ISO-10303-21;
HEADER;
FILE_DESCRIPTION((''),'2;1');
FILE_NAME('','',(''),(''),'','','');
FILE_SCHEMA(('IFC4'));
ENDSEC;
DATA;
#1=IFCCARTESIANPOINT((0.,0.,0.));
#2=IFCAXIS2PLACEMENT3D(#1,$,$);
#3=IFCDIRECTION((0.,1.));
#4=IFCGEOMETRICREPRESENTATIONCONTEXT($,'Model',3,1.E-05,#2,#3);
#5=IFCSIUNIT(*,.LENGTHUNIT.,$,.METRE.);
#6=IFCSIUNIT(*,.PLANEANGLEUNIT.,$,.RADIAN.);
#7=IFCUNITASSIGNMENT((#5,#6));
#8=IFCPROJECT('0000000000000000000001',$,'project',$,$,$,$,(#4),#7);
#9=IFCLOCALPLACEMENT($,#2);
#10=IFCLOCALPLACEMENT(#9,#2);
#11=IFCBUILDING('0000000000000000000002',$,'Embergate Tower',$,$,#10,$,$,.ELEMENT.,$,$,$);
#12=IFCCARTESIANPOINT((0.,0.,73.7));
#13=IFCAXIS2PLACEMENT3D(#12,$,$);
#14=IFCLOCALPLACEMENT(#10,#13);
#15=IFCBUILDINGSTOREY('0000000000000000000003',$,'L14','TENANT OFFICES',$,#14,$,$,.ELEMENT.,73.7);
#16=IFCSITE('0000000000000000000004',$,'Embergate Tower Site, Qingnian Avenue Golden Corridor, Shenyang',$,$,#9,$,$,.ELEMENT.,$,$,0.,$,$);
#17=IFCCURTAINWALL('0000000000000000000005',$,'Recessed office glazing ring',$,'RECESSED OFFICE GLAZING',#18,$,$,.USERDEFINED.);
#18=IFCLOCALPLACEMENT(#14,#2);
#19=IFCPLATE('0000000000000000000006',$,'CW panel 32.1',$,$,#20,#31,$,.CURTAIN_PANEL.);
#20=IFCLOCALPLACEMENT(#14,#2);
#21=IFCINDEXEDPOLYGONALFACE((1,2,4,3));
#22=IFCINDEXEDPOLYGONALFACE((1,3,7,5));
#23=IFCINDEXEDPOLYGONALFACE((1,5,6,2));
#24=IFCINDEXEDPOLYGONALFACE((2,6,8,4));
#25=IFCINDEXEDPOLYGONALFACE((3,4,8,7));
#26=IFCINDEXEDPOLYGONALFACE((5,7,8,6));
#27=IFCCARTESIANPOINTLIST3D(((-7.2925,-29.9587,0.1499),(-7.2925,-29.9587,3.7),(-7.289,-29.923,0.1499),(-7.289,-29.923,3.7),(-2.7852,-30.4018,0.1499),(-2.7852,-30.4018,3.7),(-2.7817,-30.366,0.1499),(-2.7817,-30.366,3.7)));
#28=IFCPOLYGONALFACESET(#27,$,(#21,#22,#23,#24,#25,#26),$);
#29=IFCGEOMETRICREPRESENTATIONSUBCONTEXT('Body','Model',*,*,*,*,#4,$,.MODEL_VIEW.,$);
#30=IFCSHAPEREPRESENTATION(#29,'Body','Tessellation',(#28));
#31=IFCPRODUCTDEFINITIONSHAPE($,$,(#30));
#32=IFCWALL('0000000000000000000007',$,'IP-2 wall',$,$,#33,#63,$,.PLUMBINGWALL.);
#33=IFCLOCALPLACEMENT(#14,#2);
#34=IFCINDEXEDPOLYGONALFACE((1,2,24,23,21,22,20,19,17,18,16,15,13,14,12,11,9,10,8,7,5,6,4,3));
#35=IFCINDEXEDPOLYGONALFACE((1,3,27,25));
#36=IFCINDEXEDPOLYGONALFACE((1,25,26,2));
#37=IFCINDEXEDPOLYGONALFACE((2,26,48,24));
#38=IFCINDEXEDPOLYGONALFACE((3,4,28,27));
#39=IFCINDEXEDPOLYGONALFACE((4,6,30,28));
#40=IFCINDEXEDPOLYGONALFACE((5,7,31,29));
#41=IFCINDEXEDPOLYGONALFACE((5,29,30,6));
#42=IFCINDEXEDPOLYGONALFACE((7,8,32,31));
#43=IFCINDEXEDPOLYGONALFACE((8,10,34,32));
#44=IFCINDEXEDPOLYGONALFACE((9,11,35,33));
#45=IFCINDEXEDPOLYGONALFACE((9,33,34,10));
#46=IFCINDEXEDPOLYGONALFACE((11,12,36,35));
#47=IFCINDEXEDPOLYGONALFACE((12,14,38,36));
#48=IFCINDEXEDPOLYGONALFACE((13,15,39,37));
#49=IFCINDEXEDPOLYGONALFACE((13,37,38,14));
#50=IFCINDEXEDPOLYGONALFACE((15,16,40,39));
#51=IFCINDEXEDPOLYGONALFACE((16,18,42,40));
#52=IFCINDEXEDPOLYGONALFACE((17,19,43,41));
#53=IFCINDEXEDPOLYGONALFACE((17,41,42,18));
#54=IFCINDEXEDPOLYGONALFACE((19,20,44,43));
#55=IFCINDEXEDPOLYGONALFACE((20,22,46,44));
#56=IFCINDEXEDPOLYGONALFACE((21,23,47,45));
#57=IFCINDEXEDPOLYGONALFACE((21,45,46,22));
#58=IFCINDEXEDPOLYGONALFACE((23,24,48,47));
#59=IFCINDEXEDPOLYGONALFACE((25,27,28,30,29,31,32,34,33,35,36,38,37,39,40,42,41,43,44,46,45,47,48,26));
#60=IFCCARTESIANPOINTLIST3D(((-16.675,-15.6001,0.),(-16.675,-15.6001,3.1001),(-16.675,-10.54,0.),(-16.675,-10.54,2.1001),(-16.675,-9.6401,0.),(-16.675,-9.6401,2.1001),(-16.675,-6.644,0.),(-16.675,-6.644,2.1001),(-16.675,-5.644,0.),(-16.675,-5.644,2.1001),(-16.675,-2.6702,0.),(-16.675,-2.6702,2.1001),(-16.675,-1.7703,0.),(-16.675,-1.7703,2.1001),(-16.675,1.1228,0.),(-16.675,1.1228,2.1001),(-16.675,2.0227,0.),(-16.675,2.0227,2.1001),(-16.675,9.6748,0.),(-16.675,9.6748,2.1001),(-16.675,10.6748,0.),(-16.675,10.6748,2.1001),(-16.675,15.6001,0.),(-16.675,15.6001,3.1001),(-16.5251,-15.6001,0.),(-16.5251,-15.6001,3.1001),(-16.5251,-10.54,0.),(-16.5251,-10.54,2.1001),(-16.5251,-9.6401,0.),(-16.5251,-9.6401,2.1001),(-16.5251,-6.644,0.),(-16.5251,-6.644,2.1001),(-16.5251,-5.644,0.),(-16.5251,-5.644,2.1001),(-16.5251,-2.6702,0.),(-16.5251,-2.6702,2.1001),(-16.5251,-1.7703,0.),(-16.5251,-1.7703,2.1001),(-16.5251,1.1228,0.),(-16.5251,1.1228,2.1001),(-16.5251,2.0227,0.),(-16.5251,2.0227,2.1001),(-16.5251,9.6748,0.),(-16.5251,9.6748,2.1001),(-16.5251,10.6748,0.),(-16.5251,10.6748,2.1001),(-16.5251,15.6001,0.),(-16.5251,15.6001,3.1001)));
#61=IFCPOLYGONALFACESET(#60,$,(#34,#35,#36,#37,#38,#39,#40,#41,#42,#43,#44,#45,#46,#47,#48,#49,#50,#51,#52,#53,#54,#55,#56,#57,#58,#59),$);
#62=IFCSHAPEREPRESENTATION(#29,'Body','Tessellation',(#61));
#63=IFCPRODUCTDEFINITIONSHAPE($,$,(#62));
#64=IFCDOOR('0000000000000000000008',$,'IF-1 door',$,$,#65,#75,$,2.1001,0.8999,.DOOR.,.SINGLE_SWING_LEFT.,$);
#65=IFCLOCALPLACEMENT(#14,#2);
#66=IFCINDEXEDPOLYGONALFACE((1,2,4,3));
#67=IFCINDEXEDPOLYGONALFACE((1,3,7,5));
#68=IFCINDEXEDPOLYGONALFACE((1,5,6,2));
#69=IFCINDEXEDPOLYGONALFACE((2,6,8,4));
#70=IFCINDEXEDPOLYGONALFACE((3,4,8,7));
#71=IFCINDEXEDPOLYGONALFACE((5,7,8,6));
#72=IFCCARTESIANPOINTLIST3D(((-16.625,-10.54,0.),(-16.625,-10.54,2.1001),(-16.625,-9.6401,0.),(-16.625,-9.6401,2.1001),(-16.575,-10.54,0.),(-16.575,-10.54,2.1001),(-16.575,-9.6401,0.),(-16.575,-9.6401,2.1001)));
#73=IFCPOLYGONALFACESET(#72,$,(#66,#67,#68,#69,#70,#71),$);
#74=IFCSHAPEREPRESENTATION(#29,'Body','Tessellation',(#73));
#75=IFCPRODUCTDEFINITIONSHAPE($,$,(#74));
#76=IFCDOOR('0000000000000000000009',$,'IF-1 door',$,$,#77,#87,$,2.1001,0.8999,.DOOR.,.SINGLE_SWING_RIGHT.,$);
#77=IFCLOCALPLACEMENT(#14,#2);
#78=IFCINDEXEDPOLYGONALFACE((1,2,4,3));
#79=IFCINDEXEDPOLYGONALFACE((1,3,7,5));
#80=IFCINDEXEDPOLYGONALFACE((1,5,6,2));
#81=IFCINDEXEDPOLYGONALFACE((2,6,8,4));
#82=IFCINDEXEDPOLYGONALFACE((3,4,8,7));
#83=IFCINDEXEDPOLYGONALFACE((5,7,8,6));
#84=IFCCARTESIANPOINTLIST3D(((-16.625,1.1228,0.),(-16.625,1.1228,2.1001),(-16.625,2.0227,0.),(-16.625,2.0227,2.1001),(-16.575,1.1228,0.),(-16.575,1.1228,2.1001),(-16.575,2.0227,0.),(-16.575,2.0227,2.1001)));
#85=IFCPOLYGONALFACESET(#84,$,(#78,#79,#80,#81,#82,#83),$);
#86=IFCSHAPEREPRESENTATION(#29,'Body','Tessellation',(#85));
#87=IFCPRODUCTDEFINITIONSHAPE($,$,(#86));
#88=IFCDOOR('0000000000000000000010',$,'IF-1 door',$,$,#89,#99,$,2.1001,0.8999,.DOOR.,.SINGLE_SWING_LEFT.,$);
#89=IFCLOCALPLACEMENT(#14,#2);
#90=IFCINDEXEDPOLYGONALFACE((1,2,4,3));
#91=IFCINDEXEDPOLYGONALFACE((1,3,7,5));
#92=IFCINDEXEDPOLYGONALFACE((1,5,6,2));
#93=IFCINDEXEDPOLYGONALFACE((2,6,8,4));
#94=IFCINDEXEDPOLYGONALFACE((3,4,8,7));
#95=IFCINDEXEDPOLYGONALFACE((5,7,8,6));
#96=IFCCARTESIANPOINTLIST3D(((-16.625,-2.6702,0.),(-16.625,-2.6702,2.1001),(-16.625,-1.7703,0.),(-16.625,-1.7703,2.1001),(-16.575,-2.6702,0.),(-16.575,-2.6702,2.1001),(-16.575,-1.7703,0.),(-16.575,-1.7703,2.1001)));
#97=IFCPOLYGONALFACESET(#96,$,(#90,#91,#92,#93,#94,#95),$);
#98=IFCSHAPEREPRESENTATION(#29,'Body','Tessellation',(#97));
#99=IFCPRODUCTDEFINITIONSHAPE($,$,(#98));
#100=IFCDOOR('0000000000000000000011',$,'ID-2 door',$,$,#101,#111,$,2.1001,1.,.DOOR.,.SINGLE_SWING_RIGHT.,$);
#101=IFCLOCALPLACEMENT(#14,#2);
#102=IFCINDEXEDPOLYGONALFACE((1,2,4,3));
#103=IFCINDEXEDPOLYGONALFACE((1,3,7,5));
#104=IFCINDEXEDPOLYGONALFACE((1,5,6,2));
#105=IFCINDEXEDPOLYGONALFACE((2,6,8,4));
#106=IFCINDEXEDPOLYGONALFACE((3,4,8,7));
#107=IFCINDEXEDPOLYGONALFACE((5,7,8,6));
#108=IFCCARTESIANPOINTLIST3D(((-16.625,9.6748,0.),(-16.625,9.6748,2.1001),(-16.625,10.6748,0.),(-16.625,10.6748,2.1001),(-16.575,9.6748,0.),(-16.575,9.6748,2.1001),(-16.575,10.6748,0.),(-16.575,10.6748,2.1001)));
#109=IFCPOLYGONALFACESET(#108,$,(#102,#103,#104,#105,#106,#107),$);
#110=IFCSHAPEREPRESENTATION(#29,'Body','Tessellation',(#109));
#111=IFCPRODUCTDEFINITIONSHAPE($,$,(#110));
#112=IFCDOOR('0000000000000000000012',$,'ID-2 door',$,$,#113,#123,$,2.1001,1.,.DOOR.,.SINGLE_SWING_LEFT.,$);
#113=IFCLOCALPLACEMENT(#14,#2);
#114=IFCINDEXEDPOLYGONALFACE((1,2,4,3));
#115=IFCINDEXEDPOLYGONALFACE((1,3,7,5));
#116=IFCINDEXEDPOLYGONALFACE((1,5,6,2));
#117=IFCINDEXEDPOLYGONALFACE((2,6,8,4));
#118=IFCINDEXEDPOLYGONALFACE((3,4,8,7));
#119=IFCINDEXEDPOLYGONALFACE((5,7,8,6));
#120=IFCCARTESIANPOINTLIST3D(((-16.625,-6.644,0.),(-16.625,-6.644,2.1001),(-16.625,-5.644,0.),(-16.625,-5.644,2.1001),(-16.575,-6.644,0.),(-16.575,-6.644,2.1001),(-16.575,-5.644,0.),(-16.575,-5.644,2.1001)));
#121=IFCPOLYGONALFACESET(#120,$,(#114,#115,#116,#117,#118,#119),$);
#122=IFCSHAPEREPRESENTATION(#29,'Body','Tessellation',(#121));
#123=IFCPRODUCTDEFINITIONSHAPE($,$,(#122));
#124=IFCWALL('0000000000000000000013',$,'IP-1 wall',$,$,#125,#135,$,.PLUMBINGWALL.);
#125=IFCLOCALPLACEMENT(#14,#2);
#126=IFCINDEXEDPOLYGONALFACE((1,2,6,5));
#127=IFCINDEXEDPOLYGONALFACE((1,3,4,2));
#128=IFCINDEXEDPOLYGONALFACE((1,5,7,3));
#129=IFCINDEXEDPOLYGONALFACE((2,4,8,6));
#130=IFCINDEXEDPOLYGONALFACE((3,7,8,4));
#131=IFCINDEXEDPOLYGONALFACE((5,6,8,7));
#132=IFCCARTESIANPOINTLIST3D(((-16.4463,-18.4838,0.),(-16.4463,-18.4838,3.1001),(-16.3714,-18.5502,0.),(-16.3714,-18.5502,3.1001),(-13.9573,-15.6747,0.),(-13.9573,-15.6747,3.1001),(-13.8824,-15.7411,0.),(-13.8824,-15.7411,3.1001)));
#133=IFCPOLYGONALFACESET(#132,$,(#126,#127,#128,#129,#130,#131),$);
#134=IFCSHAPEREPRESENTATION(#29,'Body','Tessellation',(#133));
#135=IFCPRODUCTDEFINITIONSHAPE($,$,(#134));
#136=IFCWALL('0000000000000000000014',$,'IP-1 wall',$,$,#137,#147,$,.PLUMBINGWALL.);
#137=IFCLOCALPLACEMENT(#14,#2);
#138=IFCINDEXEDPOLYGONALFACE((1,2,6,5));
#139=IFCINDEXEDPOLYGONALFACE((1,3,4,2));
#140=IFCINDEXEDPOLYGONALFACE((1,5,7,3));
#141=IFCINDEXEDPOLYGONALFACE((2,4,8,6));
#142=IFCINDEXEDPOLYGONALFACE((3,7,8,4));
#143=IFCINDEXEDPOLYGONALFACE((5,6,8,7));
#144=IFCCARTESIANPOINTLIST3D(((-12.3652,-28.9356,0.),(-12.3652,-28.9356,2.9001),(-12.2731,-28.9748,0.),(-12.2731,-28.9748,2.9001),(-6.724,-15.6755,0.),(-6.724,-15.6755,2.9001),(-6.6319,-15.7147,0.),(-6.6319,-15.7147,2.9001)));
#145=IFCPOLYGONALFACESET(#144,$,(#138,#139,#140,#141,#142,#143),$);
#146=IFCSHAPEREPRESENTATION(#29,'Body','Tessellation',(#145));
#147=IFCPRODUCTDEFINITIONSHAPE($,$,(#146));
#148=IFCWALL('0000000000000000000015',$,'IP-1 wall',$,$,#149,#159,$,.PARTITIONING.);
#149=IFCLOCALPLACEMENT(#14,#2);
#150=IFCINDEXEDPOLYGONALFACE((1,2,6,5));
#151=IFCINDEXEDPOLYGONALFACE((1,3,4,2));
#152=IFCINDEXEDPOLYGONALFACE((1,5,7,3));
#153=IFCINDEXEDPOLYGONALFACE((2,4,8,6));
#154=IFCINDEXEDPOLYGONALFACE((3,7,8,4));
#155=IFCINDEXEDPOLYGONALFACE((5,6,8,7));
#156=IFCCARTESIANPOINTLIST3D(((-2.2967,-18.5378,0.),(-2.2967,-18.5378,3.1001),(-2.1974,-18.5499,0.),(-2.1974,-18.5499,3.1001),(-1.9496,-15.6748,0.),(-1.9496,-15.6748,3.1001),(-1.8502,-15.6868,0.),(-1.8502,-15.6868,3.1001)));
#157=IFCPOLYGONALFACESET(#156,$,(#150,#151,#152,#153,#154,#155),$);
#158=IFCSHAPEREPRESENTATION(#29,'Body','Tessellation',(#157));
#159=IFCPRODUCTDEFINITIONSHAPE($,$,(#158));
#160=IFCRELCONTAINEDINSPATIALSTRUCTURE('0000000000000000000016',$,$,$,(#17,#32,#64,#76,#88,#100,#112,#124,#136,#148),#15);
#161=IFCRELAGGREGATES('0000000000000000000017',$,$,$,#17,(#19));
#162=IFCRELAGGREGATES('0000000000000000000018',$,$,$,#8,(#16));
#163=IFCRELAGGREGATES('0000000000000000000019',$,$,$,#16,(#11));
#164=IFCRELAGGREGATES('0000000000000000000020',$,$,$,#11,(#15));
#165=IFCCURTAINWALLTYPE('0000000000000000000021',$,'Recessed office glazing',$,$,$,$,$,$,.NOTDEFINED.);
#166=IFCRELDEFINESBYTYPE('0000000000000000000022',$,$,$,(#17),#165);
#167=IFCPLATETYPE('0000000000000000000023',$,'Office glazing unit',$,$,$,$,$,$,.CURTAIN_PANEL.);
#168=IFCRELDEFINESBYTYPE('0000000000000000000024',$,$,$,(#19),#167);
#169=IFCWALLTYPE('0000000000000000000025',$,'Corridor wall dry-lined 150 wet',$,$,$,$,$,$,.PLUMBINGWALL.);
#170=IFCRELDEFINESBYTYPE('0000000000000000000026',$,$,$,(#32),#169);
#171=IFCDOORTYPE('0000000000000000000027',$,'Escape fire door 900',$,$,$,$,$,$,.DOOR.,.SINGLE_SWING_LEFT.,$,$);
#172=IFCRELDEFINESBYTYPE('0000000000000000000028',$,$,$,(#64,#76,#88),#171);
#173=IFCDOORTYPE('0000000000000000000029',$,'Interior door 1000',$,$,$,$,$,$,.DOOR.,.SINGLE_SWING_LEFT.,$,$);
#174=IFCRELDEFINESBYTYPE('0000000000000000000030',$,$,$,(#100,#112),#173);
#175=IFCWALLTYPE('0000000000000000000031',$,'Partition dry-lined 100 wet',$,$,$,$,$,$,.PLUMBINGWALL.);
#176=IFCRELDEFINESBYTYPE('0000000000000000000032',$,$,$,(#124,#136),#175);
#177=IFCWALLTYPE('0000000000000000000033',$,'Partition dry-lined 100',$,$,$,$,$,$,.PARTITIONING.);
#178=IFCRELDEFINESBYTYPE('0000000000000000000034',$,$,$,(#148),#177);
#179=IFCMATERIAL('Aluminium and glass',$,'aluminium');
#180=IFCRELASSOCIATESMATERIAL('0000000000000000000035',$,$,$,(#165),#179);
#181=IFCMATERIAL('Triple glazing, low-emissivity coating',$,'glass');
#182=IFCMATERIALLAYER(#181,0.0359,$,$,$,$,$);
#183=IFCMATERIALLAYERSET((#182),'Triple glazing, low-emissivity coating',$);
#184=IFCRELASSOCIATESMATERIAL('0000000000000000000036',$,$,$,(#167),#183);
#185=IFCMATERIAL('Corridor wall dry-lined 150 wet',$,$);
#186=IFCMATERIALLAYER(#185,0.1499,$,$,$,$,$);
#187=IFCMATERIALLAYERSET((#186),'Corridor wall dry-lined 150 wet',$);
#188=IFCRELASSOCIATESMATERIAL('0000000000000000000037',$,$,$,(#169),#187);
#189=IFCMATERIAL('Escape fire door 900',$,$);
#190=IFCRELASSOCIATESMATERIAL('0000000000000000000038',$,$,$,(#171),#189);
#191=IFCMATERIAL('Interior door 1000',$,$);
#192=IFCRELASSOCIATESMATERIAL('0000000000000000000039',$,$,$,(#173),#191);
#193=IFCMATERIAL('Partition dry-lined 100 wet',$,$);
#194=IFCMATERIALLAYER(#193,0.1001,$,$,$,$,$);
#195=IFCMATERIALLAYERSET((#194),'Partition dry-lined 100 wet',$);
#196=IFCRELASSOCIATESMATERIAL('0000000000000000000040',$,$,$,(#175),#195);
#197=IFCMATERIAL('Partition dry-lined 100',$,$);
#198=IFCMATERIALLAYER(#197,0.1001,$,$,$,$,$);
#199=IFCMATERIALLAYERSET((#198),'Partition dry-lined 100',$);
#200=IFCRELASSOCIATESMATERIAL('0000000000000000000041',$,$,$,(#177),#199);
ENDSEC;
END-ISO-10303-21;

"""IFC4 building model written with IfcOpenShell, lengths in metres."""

from ifc_helpers import new_model, si_unit, direction, frame, frame_2d, origin, origin_2d, place, context, subcontext, project, spatial, rectangle, extrude, source, transform, mapped, material, layer, layer_set, type_object, element, fill, aggregate, save


model = new_model("IFC4")

# Units and contexts
model_context = context("Model", 3, precision=1e-05, world=origin(), true_north=direction((0.0, 1.0)))
body_context = subcontext(model_context, "Body", "Model", "MODEL_VIEW")
ifc_project = project(units=[si_unit("LENGTHUNIT", "METRE"), si_unit("PLANEANGLEUNIT", "RADIAN")], contexts=[model_context])

# Site, building, storey
site_placement = place(None, origin())
site = spatial("IfcSite", under=ifc_project, at=site_placement, Name="Embergate Tower Site, Qingnian Avenue Golden Corridor, Shenyang", CompositionType="ELEMENT", RefElevation=0.0)
building_placement = place(site_placement, origin())
building = spatial("IfcBuilding", under=site, at=building_placement, Name="Embergate Tower", CompositionType="ELEMENT")
storey_placement = place(building_placement, frame((0.0, 0.0, 73.7)))
storey = spatial("IfcBuildingStorey", under=building, at=storey_placement, Name="L14", Description="TENANT OFFICES", CompositionType="ELEMENT", Elevation=73.7)

# Curtain wall
ifc_material_1 = material(Name="Aluminium and glass", Category="aluminium")
curtain_wall_type = type_object("IfcCurtainWallType", Name="Recessed office glazing", PredefinedType="NOTDEFINED", material=ifc_material_1)
curtain_wall_placement = place(storey_placement, origin())
curtain_wall = element("IfcCurtainWall", 1, at=curtain_wall_placement, inside=storey, type_object=curtain_wall_type, Name="Recessed office glazing ring", ObjectType="RECESSED OFFICE GLAZING", PredefinedType="USERDEFINED")

# Plate
ifc_material_2 = material(Name="Triple glazing, low-emissivity coating", Category="glass")
ifc_layer_1 = layer(ifc_material_2, 0.0359)
ifc_layer_set_1 = layer_set([ifc_layer_1], Name="Triple glazing, low-emissivity coating")
plate_type = type_object("IfcPlateType", Name="Office glazing unit", PredefinedType="CURTAIN_PANEL", material=ifc_layer_set_1)
shared_shape_1 = source(origin(), body_context, "Body", "SweptSolid", [
    extrude(rectangle(XDim=4.5291, YDim=0.0359, at=origin_2d()), origin(), (0.0, 0.0, 1.0), 3.55),
])
plate_1_placement = place(storey_placement, frame((-5.0371, -30.1624, 0.1499), z_axis=(0.0, 0.0, 1.0), x_axis=(0.995203, -0.097831, 0.0)))
plate_1 = element("IfcPlate", 2, at=plate_1_placement, type_object=plate_type, Name="CW panel 32.1", PredefinedType="CURTAIN_PANEL", context=body_context, shape_type="MappedRepresentation", body=[
    mapped(shared_shape_1, transform((0.0, 0.0, 0.0))),
])
aggregate(curtain_wall, [plate_1])

# Wall, openings, doors
ifc_material_3 = material(Name="Corridor wall dry-lined 150 wet")
ifc_layer_2 = layer(ifc_material_3, 0.1499)
ifc_layer_set_2 = layer_set([ifc_layer_2], Name="Corridor wall dry-lined 150 wet")
wall_type_1 = type_object("IfcWallType", Name="Corridor wall dry-lined 150 wet", PredefinedType="PLUMBINGWALL", material=ifc_layer_set_2)
shared_shape_2 = source(origin(), body_context, "Body", "SweptSolid", [
    extrude(rectangle(XDim=31.2002, YDim=0.1499, at=frame_2d((15.6001, 0.0))), origin(), (0.0, 0.0, 1.0), 3.1001),
])
wall_1_placement = place(storey_placement, frame((-16.6001, -15.6001, 0.0), z_axis=(0.0, 0.0, 1.0), x_axis=(0.0, 1.0, 0.0)))
wall_1 = element("IfcWall", 3, at=wall_1_placement, inside=storey, type_object=wall_type_1, Name="IP-2 wall", PredefinedType="PLUMBINGWALL", context=body_context, shape_type="MappedRepresentation", body=[
    mapped(shared_shape_2, transform((0.0, 0.0, 0.0))),
])
shared_shape_3 = source(origin(), body_context, "Body", "SweptSolid", [
    extrude(rectangle(XDim=0.8999, YDim=2.1001, at=frame_2d((0.45, 1.05))), frame((0.0, 0.085, 0.0), z_axis=(0.0, -1.0, 0.0), x_axis=(1.0, 0.0, 0.0)), (0.0, 0.0, 1.0), 0.1699),
])
opening_1_placement = place(wall_1_placement, frame((5.0601, 0.0, 0.0)))
opening_1 = element("IfcOpeningElement", 4, at=opening_1_placement, cuts=wall_1, PredefinedType="OPENING", context=body_context, shape_type="MappedRepresentation", body=[
    mapped(shared_shape_3, transform((0.0, 0.0, 0.0))),
])
shared_shape_4 = source(origin(), body_context, "Body", "SweptSolid", [
    extrude(rectangle(XDim=1.0, YDim=2.1001, at=frame_2d((0.5, 1.05))), frame((0.0, 0.085, 0.0), z_axis=(0.0, -1.0, 0.0), x_axis=(1.0, 0.0, 0.0)), (0.0, 0.0, 1.0), 0.1699),
])
opening_2_placement = place(wall_1_placement, frame((25.2749, 0.0, 0.0)))
opening_2 = element("IfcOpeningElement", 5, at=opening_2_placement, cuts=wall_1, PredefinedType="OPENING", context=body_context, shape_type="MappedRepresentation", body=[
    mapped(shared_shape_4, transform((0.0, 0.0, 0.0))),
])
opening_3_placement = place(wall_1_placement, frame((16.7229, 0.0, 0.0)))
opening_3 = element("IfcOpeningElement", 6, at=opening_3_placement, cuts=wall_1, PredefinedType="OPENING", context=body_context, shape_type="MappedRepresentation", body=[
    mapped(shared_shape_3, transform((0.0, 0.0, 0.0))),
])
opening_4_placement = place(wall_1_placement, frame((12.9299, 0.0, 0.0)))
opening_4 = element("IfcOpeningElement", 7, at=opening_4_placement, cuts=wall_1, PredefinedType="OPENING", context=body_context, shape_type="MappedRepresentation", body=[
    mapped(shared_shape_3, transform((0.0, 0.0, 0.0))),
])
opening_5_placement = place(wall_1_placement, frame((8.9561, 0.0, 0.0)))
opening_5 = element("IfcOpeningElement", 8, at=opening_5_placement, cuts=wall_1, PredefinedType="OPENING", context=body_context, shape_type="MappedRepresentation", body=[
    mapped(shared_shape_4, transform((0.0, 0.0, 0.0))),
])
ifc_material_4 = material(Name="Escape fire door 900")
door_type_1 = type_object("IfcDoorType", Name="Escape fire door 900", OperationType="SINGLE_SWING_LEFT", PredefinedType="DOOR", material=ifc_material_4)
shared_shape_5 = source(origin(), body_context, "Body", "SweptSolid", [
    extrude(rectangle(XDim=0.8999, YDim=2.1001, at=frame_2d((0.45, 1.05))), frame((0.0, 0.0249, 0.0), z_axis=(0.0, -1.0, 0.0), x_axis=(1.0, 0.0, 0.0)), (0.0, 0.0, 1.0), 0.05),
])
door_1_placement = place(opening_1_placement, origin())
door_1 = element("IfcDoor", 9, at=door_1_placement, inside=storey, type_object=door_type_1, Name="IF-1 door", OperationType="SINGLE_SWING_LEFT", OverallHeight=2.1001, OverallWidth=0.8999, PredefinedType="DOOR", context=body_context, shape_type="MappedRepresentation", body=[
    mapped(shared_shape_5, transform((0.0, 0.0, 0.0))),
])
fill(opening_1, door_1)
door_2_placement = place(opening_3_placement, origin())
door_2 = element("IfcDoor", 10, at=door_2_placement, inside=storey, type_object=door_type_1, Name="IF-1 door", OperationType="SINGLE_SWING_RIGHT", OverallHeight=2.1001, OverallWidth=0.8999, PredefinedType="DOOR", context=body_context, shape_type="MappedRepresentation", body=[
    mapped(shared_shape_5, transform((0.0, 0.0, 0.0))),
])
fill(opening_3, door_2)
door_3_placement = place(opening_4_placement, origin())
door_3 = element("IfcDoor", 11, at=door_3_placement, inside=storey, type_object=door_type_1, Name="IF-1 door", OperationType="SINGLE_SWING_LEFT", OverallHeight=2.1001, OverallWidth=0.8999, PredefinedType="DOOR", context=body_context, shape_type="MappedRepresentation", body=[
    mapped(shared_shape_5, transform((0.0, 0.0, 0.0))),
])
fill(opening_4, door_3)
ifc_material_5 = material(Name="Interior door 1000")
door_type_2 = type_object("IfcDoorType", Name="Interior door 1000", OperationType="SINGLE_SWING_LEFT", PredefinedType="DOOR", material=ifc_material_5)
shared_shape_6 = source(origin(), body_context, "Body", "SweptSolid", [
    extrude(rectangle(XDim=1.0, YDim=2.1001, at=frame_2d((0.5, 1.05))), frame((0.0, 0.0249, 0.0), z_axis=(0.0, -1.0, 0.0), x_axis=(1.0, 0.0, 0.0)), (0.0, 0.0, 1.0), 0.05),
])
door_4_placement = place(opening_2_placement, origin())
door_4 = element("IfcDoor", 12, at=door_4_placement, inside=storey, type_object=door_type_2, Name="ID-2 door", OperationType="SINGLE_SWING_RIGHT", OverallHeight=2.1001, OverallWidth=1.0, PredefinedType="DOOR", context=body_context, shape_type="MappedRepresentation", body=[
    mapped(shared_shape_6, transform((0.0, 0.0, 0.0))),
])
fill(opening_2, door_4)
door_5_placement = place(opening_5_placement, origin())
door_5 = element("IfcDoor", 13, at=door_5_placement, inside=storey, type_object=door_type_2, Name="ID-2 door", OperationType="SINGLE_SWING_LEFT", OverallHeight=2.1001, OverallWidth=1.0, PredefinedType="DOOR", context=body_context, shape_type="MappedRepresentation", body=[
    mapped(shared_shape_6, transform((0.0, 0.0, 0.0))),
])
fill(opening_5, door_5)

# Walls
ifc_material_6 = material(Name="Partition dry-lined 100 wet")
ifc_layer_3 = layer(ifc_material_6, 0.1001)
ifc_layer_set_3 = layer_set([ifc_layer_3], Name="Partition dry-lined 100 wet")
wall_type_2 = type_object("IfcWallType", Name="Partition dry-lined 100 wet", PredefinedType="PLUMBINGWALL", material=ifc_layer_set_3)
shared_shape_7 = source(origin(), body_context, "Body", "SweptSolid", [
    extrude(rectangle(XDim=3.7532, YDim=0.1001, at=frame_2d((1.8765, 0.0))), origin(), (0.0, 0.0, 1.0), 3.1001),
])
wall_2_placement = place(storey_placement, frame((-13.9199, -15.708, 0.0), z_axis=(0.0, 0.0, 1.0), x_axis=(-0.66318, -0.74846, 0.0)))
element("IfcWall", 14, at=wall_2_placement, inside=storey, type_object=wall_type_2, Name="IP-1 wall", PredefinedType="PLUMBINGWALL", context=body_context, shape_type="MappedRepresentation", body=[
    mapped(shared_shape_7, transform((0.0, 0.0, 0.0))),
])
shared_shape_8 = source(origin(), body_context, "Body", "SweptSolid", [
    extrude(rectangle(XDim=14.4102, YDim=0.1001, at=frame_2d((7.2051, 0.0))), origin(), (0.0, 0.0, 1.0), 2.9001),
])
wall_3_placement = place(storey_placement, frame((-6.678, -15.6951, 0.0), z_axis=(0.0, 0.0, 1.0), x_axis=(-0.39147, -0.920191, 0.0)))
element("IfcWall", 15, at=wall_3_placement, inside=storey, type_object=wall_type_2, Name="IP-1 wall", PredefinedType="PLUMBINGWALL", context=body_context, shape_type="MappedRepresentation", body=[
    mapped(shared_shape_8, transform((0.0, 0.0, 0.0))),
])
ifc_material_7 = material(Name="Partition dry-lined 100")
ifc_layer_4 = layer(ifc_material_7, 0.1001)
ifc_layer_set_4 = layer_set([ifc_layer_4], Name="Partition dry-lined 100")
wall_type_3 = type_object("IfcWallType", Name="Partition dry-lined 100", PredefinedType="PARTITIONING", material=ifc_layer_set_4)
shared_shape_9 = source(origin(), body_context, "Body", "SweptSolid", [
    extrude(rectangle(XDim=2.884, YDim=0.1001, at=frame_2d((1.4419, 0.0))), origin(), (0.0, 0.0, 1.0), 3.1001),
])
wall_4_placement = place(storey_placement, frame((-1.8999, -15.6809, 0.0), z_axis=(0.0, 0.0, 1.0), x_axis=(-0.120377, -0.992728, 0.0)))
element("IfcWall", 16, at=wall_4_placement, inside=storey, type_object=wall_type_3, Name="IP-1 wall", PredefinedType="PARTITIONING", context=body_context, shape_type="MappedRepresentation", body=[
    mapped(shared_shape_9, transform((0.0, 0.0, 0.0))),
])

save(model, "model.ifc")
